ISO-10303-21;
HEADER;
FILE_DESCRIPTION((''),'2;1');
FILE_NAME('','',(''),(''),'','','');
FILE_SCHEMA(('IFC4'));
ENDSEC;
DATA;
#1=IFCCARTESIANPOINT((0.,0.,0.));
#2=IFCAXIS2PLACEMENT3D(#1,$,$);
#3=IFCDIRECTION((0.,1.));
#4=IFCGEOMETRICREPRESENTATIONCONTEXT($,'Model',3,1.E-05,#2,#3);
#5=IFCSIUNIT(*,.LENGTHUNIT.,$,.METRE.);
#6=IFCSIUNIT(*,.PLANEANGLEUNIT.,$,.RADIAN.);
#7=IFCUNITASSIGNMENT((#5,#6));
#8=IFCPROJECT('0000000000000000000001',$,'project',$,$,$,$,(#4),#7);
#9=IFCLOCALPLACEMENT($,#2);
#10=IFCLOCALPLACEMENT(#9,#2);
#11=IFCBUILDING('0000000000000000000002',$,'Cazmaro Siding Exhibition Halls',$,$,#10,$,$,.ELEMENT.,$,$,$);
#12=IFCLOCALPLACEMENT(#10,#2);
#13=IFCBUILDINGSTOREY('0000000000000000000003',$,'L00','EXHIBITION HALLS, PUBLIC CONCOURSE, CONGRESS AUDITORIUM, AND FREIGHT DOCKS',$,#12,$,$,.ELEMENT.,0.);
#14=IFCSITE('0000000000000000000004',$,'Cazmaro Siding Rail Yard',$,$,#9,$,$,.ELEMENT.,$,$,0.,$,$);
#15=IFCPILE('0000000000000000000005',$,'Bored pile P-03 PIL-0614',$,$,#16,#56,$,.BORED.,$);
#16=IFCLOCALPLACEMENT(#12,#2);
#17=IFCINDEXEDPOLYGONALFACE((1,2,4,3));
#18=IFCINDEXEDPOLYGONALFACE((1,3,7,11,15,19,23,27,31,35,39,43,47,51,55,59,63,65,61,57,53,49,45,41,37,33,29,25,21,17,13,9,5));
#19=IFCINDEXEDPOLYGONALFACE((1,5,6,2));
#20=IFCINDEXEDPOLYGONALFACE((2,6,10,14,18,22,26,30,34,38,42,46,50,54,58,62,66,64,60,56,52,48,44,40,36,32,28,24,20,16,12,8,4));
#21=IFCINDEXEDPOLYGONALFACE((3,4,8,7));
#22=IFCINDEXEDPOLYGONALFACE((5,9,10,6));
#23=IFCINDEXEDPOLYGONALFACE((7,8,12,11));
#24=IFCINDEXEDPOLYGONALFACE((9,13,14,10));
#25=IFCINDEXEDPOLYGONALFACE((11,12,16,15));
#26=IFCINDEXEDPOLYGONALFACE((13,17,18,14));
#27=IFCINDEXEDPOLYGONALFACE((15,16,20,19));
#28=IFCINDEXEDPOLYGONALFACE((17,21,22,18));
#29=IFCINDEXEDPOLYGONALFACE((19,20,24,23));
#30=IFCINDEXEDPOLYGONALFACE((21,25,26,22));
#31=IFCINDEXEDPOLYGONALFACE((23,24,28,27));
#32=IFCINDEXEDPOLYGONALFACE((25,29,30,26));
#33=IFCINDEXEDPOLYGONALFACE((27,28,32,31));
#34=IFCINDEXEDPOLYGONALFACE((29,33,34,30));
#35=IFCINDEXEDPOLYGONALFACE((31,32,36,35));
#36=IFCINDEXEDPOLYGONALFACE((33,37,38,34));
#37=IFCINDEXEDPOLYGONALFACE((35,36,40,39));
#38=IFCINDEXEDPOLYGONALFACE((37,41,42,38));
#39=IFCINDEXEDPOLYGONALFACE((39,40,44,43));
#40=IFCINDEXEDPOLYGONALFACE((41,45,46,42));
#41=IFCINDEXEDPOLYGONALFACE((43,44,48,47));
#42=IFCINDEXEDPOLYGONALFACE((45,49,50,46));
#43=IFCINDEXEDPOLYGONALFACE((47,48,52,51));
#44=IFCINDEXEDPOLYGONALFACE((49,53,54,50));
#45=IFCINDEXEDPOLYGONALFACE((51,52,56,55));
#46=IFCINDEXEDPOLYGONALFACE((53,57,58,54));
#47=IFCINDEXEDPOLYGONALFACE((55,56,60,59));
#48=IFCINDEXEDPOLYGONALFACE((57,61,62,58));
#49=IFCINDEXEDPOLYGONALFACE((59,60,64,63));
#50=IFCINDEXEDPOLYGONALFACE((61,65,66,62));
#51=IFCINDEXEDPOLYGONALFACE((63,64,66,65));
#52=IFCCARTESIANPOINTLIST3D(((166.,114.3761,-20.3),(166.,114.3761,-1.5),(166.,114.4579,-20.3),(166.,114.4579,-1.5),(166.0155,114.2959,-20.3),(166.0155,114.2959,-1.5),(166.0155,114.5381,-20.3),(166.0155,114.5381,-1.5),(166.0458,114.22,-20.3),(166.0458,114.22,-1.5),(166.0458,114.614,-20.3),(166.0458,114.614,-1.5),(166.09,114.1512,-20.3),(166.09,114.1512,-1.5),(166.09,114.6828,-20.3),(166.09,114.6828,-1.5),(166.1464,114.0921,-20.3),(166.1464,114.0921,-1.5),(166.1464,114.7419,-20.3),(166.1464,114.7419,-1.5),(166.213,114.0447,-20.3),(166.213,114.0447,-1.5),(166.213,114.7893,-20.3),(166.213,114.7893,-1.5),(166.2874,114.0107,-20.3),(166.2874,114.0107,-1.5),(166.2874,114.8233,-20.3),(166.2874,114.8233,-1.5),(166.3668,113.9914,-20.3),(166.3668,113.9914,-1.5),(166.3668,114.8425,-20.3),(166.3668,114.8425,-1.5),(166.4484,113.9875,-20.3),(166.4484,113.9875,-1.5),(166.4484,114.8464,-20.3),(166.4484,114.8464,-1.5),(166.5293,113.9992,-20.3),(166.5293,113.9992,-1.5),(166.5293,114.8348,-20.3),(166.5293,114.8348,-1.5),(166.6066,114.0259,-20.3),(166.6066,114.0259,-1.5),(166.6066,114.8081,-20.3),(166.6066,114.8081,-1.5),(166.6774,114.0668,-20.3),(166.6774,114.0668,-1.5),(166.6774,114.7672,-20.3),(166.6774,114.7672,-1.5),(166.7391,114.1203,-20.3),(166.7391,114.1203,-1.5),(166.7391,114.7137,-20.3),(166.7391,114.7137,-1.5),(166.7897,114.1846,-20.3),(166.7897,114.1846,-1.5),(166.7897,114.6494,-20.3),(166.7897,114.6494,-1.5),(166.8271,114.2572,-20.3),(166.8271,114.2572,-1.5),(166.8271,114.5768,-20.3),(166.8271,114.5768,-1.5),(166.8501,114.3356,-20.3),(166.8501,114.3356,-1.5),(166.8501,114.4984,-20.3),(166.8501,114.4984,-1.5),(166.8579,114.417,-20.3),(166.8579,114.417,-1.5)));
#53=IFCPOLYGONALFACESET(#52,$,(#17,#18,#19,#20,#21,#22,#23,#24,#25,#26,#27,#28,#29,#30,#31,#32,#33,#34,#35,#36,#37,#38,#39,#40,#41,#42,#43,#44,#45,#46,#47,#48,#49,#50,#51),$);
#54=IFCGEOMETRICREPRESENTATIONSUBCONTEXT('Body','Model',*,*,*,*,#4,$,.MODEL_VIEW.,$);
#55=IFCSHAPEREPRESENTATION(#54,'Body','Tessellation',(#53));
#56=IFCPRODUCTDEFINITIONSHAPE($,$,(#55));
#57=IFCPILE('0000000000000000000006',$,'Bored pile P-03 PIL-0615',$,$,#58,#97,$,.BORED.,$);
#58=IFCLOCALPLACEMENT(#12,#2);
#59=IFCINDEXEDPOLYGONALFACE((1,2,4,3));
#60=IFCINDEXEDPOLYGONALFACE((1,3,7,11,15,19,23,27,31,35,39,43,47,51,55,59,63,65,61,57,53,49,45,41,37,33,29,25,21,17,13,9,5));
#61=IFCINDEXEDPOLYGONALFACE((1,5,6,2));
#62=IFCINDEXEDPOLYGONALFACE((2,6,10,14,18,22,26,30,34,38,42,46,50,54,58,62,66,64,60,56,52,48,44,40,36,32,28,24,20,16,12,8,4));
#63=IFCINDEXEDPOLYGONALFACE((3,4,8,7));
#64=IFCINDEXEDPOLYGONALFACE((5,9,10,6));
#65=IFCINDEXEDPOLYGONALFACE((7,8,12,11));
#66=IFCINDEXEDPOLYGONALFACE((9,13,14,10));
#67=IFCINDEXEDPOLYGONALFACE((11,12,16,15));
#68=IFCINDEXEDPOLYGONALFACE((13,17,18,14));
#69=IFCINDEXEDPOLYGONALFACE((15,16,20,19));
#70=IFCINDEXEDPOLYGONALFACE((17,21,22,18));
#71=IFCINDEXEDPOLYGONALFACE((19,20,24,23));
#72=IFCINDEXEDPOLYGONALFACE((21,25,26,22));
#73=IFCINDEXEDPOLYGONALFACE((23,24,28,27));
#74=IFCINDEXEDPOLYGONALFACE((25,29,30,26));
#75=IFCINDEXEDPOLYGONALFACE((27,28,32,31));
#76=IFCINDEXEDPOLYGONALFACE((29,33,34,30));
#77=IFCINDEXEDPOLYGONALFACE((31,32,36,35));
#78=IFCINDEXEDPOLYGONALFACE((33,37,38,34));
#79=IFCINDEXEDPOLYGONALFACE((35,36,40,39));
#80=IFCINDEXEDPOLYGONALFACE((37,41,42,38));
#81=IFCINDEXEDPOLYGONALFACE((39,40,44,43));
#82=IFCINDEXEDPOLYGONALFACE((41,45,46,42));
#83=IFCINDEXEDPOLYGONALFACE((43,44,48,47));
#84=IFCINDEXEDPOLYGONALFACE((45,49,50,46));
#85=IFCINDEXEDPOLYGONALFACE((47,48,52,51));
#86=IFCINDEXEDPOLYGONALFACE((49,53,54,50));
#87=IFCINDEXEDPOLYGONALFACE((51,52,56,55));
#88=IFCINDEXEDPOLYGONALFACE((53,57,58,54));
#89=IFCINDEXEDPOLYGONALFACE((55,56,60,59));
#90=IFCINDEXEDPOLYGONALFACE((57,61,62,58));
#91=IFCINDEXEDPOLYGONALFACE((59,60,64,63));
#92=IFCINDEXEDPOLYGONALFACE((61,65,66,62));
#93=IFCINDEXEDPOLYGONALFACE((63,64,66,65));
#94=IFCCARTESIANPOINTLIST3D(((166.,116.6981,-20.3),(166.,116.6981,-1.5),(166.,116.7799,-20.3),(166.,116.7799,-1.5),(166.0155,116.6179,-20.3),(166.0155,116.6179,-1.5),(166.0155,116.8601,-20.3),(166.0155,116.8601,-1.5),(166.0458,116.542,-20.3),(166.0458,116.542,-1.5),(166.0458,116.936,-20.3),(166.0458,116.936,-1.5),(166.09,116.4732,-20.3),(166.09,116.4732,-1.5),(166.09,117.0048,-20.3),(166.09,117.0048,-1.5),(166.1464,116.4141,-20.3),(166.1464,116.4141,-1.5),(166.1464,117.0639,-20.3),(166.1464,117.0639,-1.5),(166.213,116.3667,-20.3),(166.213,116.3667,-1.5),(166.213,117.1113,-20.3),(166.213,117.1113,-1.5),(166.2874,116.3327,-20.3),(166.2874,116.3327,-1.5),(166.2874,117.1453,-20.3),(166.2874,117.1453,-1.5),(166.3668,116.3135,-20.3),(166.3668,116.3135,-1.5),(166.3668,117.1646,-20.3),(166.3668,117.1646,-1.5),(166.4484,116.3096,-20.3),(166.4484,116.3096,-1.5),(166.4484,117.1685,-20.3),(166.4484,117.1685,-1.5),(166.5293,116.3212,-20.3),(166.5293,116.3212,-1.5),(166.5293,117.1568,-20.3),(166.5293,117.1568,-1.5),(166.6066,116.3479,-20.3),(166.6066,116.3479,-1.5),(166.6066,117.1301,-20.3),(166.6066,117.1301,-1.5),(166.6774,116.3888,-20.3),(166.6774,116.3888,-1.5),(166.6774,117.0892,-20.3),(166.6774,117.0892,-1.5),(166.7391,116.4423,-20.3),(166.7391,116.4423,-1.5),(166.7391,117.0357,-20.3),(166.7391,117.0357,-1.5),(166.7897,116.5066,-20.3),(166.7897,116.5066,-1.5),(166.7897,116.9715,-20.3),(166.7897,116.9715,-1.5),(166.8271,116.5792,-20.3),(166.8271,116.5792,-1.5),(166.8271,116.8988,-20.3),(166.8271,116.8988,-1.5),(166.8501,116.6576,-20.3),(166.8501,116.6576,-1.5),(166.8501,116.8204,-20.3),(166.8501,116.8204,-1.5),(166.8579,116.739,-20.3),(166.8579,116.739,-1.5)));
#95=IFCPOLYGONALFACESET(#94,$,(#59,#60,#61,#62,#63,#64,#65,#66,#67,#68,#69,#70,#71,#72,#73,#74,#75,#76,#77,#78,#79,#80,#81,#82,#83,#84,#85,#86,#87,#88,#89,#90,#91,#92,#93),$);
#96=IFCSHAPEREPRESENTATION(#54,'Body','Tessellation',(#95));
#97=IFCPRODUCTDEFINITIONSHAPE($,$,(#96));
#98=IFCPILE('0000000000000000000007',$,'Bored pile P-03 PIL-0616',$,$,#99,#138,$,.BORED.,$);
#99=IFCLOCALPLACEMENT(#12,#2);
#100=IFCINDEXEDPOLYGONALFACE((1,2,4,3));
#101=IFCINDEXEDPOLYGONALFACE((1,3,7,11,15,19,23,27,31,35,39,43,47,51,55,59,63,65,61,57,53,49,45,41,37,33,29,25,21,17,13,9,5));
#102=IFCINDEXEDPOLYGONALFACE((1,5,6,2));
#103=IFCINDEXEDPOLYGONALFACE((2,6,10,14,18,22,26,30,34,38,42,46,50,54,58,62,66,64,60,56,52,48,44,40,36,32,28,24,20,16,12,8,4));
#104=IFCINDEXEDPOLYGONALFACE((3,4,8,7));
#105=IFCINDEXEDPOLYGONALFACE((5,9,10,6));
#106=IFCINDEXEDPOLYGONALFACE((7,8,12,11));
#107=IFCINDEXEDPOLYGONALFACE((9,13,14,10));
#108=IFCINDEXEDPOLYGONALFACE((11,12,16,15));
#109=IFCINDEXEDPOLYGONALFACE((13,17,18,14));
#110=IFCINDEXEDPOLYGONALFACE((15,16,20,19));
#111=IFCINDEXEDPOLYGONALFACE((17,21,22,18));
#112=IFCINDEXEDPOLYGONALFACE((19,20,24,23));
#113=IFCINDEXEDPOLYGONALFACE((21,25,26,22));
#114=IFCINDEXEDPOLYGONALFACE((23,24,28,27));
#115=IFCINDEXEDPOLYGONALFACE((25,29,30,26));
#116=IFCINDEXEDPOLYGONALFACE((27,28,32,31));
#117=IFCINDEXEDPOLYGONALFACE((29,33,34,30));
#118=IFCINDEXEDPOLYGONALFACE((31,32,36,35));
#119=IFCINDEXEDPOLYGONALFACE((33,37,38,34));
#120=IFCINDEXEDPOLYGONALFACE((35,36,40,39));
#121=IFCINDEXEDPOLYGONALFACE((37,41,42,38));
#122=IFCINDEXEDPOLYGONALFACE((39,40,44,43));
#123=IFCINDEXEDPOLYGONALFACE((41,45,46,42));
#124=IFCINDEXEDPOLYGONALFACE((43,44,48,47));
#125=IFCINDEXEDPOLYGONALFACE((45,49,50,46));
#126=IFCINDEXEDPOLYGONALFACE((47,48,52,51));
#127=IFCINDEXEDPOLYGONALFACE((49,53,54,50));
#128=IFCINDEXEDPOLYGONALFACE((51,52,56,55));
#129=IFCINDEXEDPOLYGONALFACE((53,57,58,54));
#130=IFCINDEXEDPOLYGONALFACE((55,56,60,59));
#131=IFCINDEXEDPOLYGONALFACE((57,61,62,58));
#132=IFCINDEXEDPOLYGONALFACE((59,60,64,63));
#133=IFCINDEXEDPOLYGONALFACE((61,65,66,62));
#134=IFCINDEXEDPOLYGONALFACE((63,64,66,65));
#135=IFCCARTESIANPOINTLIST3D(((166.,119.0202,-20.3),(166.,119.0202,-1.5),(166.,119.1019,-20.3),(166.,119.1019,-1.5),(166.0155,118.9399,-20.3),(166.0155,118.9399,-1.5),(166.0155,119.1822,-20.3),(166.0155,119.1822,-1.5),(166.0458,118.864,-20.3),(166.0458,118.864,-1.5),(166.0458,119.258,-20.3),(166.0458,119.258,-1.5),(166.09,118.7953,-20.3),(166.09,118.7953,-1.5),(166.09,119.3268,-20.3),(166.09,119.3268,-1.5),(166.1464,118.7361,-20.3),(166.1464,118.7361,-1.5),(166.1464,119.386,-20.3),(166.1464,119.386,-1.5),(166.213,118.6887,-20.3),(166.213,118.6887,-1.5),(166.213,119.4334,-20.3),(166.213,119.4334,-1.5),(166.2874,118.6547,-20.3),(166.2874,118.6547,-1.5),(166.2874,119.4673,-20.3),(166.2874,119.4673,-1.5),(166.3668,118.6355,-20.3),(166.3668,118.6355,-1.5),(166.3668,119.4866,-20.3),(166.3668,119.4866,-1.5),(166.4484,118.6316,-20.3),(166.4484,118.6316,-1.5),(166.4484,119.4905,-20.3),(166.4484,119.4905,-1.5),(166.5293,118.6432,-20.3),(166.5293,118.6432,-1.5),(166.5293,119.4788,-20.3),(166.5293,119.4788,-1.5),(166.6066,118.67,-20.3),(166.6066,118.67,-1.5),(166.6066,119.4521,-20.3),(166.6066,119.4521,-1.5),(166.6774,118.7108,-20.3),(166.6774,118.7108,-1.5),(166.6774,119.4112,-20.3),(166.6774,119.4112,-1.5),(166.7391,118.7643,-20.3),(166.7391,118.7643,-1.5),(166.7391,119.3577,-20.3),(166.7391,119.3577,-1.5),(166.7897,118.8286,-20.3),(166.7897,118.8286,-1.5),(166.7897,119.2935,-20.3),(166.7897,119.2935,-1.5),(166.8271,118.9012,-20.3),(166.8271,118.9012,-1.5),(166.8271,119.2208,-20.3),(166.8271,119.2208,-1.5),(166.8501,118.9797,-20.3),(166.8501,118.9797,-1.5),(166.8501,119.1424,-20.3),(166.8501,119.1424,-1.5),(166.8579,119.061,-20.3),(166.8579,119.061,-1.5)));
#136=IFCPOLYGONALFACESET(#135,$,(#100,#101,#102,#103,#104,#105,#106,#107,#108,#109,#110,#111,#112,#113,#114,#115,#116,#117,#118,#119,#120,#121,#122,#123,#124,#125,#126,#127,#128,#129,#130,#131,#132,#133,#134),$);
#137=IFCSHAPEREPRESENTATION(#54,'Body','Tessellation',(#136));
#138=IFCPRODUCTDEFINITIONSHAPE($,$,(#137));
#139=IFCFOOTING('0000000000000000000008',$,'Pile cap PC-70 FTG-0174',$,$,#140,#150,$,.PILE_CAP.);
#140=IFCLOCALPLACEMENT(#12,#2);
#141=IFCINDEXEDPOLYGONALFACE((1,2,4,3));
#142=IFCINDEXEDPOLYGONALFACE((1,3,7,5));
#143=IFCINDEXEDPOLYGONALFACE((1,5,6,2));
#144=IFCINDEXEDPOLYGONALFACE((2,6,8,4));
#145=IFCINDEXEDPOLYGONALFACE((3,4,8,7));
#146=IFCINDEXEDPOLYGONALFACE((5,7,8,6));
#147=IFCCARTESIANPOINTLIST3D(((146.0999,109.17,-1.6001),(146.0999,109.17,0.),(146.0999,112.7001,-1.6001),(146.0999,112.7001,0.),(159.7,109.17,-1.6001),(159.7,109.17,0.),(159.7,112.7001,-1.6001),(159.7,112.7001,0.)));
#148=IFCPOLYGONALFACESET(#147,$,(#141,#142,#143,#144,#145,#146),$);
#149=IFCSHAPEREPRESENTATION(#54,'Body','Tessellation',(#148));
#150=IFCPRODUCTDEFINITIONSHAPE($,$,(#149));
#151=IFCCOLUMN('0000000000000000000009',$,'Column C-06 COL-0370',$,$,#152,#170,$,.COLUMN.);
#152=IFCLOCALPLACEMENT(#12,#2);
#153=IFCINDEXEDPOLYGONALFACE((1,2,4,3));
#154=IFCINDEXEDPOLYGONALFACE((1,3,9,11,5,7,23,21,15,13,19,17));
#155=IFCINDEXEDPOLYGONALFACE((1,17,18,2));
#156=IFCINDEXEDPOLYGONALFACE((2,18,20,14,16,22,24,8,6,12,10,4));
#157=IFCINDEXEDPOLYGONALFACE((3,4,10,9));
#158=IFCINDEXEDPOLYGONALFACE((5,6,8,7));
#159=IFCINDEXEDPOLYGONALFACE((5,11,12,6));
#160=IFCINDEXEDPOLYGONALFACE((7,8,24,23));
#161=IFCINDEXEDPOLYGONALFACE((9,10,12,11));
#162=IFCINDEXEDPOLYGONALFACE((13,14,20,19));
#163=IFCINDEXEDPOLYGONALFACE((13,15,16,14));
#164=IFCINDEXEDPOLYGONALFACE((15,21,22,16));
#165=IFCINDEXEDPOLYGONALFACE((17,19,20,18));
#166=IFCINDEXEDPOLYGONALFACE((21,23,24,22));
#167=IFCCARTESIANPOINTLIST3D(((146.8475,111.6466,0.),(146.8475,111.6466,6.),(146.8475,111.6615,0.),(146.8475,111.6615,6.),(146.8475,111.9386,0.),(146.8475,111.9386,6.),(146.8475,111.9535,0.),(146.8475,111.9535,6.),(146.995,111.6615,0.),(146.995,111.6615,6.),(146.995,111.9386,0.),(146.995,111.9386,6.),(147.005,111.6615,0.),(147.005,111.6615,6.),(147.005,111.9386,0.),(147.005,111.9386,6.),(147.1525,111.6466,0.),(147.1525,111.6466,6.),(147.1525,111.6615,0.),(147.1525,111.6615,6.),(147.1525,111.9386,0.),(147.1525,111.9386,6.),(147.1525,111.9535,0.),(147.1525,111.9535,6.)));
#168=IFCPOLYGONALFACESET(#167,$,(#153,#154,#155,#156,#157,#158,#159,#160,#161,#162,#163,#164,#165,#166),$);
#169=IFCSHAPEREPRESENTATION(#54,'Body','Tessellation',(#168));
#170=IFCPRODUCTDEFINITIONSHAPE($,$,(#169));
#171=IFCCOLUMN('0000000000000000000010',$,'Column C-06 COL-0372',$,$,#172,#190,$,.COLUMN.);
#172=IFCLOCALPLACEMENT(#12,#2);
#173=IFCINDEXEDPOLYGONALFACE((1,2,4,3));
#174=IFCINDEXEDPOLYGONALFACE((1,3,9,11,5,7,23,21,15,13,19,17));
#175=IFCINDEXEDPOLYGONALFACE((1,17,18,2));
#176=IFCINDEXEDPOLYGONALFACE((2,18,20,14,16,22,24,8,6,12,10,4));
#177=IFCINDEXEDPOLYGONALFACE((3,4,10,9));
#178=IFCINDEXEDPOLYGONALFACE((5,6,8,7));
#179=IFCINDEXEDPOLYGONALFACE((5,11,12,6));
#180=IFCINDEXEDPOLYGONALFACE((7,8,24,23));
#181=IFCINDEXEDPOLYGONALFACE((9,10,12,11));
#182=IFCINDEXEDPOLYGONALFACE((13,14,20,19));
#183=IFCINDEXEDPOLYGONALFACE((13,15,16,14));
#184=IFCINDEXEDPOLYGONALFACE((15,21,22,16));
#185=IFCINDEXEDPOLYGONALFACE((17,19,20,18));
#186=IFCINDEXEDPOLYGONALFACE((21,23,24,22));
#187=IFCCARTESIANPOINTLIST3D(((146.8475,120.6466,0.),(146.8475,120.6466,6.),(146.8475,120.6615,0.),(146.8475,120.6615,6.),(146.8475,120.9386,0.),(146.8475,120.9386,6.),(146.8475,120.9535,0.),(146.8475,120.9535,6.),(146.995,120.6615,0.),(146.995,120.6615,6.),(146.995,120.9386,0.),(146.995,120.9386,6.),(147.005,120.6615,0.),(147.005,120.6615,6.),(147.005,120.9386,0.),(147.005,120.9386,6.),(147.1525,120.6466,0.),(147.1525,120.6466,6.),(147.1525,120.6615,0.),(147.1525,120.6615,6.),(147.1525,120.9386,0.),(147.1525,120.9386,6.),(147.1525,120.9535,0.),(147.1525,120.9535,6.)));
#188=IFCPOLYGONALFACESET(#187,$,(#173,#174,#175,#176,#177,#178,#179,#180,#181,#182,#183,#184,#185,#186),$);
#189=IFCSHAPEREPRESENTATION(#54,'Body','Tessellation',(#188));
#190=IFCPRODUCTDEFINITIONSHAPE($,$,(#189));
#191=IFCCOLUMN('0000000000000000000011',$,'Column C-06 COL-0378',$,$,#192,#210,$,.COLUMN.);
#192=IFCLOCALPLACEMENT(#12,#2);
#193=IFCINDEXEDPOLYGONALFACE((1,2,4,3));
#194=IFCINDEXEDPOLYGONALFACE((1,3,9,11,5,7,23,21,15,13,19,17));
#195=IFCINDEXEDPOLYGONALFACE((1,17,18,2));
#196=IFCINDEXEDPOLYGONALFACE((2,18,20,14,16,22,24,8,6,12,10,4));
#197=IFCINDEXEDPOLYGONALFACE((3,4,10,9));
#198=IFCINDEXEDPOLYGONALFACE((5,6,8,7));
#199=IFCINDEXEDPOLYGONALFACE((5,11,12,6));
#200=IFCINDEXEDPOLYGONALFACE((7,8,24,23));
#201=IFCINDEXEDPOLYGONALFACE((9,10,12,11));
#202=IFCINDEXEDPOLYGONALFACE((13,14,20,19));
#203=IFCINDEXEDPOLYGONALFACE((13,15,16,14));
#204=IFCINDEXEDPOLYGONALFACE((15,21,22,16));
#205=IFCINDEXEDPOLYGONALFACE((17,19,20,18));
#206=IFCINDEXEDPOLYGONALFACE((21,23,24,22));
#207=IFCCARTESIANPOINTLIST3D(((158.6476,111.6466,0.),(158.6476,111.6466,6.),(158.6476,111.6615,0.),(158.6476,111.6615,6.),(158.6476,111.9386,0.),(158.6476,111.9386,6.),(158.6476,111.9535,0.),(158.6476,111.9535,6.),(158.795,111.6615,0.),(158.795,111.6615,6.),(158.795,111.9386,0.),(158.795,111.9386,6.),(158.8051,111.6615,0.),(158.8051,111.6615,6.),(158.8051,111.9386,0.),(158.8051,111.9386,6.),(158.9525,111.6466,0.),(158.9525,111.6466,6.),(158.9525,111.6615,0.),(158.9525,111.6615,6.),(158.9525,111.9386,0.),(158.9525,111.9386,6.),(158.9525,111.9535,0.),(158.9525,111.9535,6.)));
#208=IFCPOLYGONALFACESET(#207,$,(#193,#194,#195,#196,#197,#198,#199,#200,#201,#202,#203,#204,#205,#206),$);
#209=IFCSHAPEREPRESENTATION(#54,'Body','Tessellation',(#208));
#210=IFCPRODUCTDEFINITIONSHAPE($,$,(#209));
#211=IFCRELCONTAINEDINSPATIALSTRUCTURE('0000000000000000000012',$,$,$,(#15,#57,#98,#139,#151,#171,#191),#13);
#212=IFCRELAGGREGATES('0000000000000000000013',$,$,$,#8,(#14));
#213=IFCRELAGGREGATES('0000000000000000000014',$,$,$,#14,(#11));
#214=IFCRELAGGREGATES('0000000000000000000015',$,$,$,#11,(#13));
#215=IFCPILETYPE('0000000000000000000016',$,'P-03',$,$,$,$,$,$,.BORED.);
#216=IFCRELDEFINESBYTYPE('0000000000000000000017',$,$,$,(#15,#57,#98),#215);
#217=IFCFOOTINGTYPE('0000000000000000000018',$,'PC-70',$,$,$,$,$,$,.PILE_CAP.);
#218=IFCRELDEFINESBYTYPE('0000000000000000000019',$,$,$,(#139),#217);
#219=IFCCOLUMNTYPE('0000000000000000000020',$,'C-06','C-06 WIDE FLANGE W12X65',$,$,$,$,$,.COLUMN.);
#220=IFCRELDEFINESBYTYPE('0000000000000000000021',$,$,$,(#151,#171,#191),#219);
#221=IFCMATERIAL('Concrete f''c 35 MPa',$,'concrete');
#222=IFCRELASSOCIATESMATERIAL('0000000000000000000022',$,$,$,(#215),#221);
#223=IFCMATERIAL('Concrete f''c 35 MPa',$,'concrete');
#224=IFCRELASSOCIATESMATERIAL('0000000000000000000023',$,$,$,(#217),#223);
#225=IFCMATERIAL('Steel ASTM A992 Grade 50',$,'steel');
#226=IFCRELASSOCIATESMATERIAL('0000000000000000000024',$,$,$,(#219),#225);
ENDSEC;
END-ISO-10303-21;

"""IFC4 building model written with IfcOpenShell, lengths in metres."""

from ifc_helpers import new_model, si_unit, direction, frame, origin, origin_2d, place, context, subcontext, project, spatial, rectangle, circle, i_section, extrude, material, material_profile, profile_set, type_object, element, save


model = new_model("IFC4")

# Units and contexts
model_context = context("Model", 3, precision=1e-05, world=origin(), true_north=direction((0.0, 1.0)))
body_context = subcontext(model_context, "Body", "Model", "MODEL_VIEW")
ifc_project = project(units=[si_unit("LENGTHUNIT", "METRE"), si_unit("PLANEANGLEUNIT", "RADIAN")], contexts=[model_context])

# Site, building, storey
site_placement = place(None, origin())
site = spatial("IfcSite", under=ifc_project, at=site_placement, Name="Cazmaro Siding Rail Yard", CompositionType="ELEMENT", RefElevation=0.0)
building_placement = place(site_placement, origin())
building = spatial("IfcBuilding", under=site, at=building_placement, Name="Cazmaro Siding Exhibition Halls", CompositionType="ELEMENT")
storey_placement = place(building_placement, origin())
storey = spatial("IfcBuildingStorey", under=building, at=storey_placement, Name="L00", Description="EXHIBITION HALLS, PUBLIC CONCOURSE, CONGRESS AUDITORIUM, AND FREIGHT DOCKS", CompositionType="ELEMENT", Elevation=0.0)

# Piles
ifc_material_1 = material(Name="Concrete f'c 35 MPa", Category="concrete")
ifc_material_profile_1 = material_profile(ifc_material_1, circle(Radius=0.4299, at=origin_2d()), Name="CIDH-860")
ifc_profile_set_1 = profile_set([ifc_material_profile_1], Name="Concrete f'c 35 MPa")
pile_type = type_object("IfcPileType", Name="P-03", PredefinedType="BORED", material=ifc_profile_set_1)
for number, where, z_axis, x_axis, name in (
    (1, (166.428, 114.417, -1.5), (0.0, 0.0, -1.0), (1.0, 0.0, 0.0), "Bored pile P-03 PIL-0614"),
    (2, (166.428, 116.739, -1.5), (0.0, 0.0, -1.0), (1.0, 0.0, 0.0), "Bored pile P-03 PIL-0615"),
    (3, (166.428, 119.061, -1.5), (0.0, 0.0, -1.0), (1.0, 0.0, 0.0), "Bored pile P-03 PIL-0616"),
):
    element("IfcPile", number, at=place(storey_placement, frame(where, z_axis=z_axis, x_axis=x_axis)), inside=storey, type_object=pile_type, Name=name, PredefinedType="BORED", context=body_context, shape_type="SweptSolid", body=[
        extrude(circle(Radius=0.4299, at=origin_2d()), origin(), (0.0, 0.0, 1.0), 18.8),
    ])

# Footing
ifc_material_2 = material(Name="Concrete f'c 35 MPa", Category="concrete")
footing_type = type_object("IfcFootingType", Name="PC-70", PredefinedType="PILE_CAP", material=ifc_material_2)
footing_placement = place(storey_placement, frame((152.8999, 110.9351, -1.6001), z_axis=(0.0, 0.0, 1.0), x_axis=(1.0, 0.0, 0.0)))
element("IfcFooting", 4, at=footing_placement, inside=storey, type_object=footing_type, Name="Pile cap PC-70 FTG-0174", PredefinedType="PILE_CAP", context=body_context, shape_type="SweptSolid", body=[
    extrude(rectangle(XDim=13.6001, YDim=3.53, at=origin_2d()), origin(), (0.0, 0.0, 1.0), 1.6001),
])

# Columns
ifc_material_3 = material(Name="Steel ASTM A992 Grade 50", Category="steel")
ifc_material_profile_2 = material_profile(ifc_material_3, i_section(OverallWidth=0.3049, OverallDepth=0.3069, WebThickness=0.01, FlangeThickness=0.0149, at=origin_2d()), Name="W12X65")
ifc_profile_set_2 = profile_set([ifc_material_profile_2], Name="Steel ASTM A992 Grade 50")
column_type_1 = type_object("IfcColumnType", Name="C-06", Description="C-06 WIDE FLANGE W12X65", PredefinedType="COLUMN", material=ifc_profile_set_2)
for number, where, z_axis, x_axis, name in (
    (5, (147.0, 111.8, 0.0), (0.0, 0.0, 1.0), (1.0, 0.0, 0.0), "Column C-06 COL-0370"),
    (6, (147.0, 120.8, 0.0), (0.0, 0.0, 1.0), (1.0, 0.0, 0.0), "Column C-06 COL-0372"),
    (7, (158.8, 111.8, 0.0), (0.0, 0.0, 1.0), (1.0, 0.0, 0.0), "Column C-06 COL-0378"),
):
    element("IfcColumn", number, at=place(storey_placement, frame(where, z_axis=z_axis, x_axis=x_axis)), inside=storey, type_object=column_type_1, Name=name, PredefinedType="COLUMN", context=body_context, shape_type="SweptSolid", body=[
        extrude(i_section(OverallWidth=0.3049, OverallDepth=0.3069, WebThickness=0.01, FlangeThickness=0.0149, at=origin_2d()), origin(), (0.0, 0.0, 1.0), 6.0),
    ])

save(model, "model.ifc")
